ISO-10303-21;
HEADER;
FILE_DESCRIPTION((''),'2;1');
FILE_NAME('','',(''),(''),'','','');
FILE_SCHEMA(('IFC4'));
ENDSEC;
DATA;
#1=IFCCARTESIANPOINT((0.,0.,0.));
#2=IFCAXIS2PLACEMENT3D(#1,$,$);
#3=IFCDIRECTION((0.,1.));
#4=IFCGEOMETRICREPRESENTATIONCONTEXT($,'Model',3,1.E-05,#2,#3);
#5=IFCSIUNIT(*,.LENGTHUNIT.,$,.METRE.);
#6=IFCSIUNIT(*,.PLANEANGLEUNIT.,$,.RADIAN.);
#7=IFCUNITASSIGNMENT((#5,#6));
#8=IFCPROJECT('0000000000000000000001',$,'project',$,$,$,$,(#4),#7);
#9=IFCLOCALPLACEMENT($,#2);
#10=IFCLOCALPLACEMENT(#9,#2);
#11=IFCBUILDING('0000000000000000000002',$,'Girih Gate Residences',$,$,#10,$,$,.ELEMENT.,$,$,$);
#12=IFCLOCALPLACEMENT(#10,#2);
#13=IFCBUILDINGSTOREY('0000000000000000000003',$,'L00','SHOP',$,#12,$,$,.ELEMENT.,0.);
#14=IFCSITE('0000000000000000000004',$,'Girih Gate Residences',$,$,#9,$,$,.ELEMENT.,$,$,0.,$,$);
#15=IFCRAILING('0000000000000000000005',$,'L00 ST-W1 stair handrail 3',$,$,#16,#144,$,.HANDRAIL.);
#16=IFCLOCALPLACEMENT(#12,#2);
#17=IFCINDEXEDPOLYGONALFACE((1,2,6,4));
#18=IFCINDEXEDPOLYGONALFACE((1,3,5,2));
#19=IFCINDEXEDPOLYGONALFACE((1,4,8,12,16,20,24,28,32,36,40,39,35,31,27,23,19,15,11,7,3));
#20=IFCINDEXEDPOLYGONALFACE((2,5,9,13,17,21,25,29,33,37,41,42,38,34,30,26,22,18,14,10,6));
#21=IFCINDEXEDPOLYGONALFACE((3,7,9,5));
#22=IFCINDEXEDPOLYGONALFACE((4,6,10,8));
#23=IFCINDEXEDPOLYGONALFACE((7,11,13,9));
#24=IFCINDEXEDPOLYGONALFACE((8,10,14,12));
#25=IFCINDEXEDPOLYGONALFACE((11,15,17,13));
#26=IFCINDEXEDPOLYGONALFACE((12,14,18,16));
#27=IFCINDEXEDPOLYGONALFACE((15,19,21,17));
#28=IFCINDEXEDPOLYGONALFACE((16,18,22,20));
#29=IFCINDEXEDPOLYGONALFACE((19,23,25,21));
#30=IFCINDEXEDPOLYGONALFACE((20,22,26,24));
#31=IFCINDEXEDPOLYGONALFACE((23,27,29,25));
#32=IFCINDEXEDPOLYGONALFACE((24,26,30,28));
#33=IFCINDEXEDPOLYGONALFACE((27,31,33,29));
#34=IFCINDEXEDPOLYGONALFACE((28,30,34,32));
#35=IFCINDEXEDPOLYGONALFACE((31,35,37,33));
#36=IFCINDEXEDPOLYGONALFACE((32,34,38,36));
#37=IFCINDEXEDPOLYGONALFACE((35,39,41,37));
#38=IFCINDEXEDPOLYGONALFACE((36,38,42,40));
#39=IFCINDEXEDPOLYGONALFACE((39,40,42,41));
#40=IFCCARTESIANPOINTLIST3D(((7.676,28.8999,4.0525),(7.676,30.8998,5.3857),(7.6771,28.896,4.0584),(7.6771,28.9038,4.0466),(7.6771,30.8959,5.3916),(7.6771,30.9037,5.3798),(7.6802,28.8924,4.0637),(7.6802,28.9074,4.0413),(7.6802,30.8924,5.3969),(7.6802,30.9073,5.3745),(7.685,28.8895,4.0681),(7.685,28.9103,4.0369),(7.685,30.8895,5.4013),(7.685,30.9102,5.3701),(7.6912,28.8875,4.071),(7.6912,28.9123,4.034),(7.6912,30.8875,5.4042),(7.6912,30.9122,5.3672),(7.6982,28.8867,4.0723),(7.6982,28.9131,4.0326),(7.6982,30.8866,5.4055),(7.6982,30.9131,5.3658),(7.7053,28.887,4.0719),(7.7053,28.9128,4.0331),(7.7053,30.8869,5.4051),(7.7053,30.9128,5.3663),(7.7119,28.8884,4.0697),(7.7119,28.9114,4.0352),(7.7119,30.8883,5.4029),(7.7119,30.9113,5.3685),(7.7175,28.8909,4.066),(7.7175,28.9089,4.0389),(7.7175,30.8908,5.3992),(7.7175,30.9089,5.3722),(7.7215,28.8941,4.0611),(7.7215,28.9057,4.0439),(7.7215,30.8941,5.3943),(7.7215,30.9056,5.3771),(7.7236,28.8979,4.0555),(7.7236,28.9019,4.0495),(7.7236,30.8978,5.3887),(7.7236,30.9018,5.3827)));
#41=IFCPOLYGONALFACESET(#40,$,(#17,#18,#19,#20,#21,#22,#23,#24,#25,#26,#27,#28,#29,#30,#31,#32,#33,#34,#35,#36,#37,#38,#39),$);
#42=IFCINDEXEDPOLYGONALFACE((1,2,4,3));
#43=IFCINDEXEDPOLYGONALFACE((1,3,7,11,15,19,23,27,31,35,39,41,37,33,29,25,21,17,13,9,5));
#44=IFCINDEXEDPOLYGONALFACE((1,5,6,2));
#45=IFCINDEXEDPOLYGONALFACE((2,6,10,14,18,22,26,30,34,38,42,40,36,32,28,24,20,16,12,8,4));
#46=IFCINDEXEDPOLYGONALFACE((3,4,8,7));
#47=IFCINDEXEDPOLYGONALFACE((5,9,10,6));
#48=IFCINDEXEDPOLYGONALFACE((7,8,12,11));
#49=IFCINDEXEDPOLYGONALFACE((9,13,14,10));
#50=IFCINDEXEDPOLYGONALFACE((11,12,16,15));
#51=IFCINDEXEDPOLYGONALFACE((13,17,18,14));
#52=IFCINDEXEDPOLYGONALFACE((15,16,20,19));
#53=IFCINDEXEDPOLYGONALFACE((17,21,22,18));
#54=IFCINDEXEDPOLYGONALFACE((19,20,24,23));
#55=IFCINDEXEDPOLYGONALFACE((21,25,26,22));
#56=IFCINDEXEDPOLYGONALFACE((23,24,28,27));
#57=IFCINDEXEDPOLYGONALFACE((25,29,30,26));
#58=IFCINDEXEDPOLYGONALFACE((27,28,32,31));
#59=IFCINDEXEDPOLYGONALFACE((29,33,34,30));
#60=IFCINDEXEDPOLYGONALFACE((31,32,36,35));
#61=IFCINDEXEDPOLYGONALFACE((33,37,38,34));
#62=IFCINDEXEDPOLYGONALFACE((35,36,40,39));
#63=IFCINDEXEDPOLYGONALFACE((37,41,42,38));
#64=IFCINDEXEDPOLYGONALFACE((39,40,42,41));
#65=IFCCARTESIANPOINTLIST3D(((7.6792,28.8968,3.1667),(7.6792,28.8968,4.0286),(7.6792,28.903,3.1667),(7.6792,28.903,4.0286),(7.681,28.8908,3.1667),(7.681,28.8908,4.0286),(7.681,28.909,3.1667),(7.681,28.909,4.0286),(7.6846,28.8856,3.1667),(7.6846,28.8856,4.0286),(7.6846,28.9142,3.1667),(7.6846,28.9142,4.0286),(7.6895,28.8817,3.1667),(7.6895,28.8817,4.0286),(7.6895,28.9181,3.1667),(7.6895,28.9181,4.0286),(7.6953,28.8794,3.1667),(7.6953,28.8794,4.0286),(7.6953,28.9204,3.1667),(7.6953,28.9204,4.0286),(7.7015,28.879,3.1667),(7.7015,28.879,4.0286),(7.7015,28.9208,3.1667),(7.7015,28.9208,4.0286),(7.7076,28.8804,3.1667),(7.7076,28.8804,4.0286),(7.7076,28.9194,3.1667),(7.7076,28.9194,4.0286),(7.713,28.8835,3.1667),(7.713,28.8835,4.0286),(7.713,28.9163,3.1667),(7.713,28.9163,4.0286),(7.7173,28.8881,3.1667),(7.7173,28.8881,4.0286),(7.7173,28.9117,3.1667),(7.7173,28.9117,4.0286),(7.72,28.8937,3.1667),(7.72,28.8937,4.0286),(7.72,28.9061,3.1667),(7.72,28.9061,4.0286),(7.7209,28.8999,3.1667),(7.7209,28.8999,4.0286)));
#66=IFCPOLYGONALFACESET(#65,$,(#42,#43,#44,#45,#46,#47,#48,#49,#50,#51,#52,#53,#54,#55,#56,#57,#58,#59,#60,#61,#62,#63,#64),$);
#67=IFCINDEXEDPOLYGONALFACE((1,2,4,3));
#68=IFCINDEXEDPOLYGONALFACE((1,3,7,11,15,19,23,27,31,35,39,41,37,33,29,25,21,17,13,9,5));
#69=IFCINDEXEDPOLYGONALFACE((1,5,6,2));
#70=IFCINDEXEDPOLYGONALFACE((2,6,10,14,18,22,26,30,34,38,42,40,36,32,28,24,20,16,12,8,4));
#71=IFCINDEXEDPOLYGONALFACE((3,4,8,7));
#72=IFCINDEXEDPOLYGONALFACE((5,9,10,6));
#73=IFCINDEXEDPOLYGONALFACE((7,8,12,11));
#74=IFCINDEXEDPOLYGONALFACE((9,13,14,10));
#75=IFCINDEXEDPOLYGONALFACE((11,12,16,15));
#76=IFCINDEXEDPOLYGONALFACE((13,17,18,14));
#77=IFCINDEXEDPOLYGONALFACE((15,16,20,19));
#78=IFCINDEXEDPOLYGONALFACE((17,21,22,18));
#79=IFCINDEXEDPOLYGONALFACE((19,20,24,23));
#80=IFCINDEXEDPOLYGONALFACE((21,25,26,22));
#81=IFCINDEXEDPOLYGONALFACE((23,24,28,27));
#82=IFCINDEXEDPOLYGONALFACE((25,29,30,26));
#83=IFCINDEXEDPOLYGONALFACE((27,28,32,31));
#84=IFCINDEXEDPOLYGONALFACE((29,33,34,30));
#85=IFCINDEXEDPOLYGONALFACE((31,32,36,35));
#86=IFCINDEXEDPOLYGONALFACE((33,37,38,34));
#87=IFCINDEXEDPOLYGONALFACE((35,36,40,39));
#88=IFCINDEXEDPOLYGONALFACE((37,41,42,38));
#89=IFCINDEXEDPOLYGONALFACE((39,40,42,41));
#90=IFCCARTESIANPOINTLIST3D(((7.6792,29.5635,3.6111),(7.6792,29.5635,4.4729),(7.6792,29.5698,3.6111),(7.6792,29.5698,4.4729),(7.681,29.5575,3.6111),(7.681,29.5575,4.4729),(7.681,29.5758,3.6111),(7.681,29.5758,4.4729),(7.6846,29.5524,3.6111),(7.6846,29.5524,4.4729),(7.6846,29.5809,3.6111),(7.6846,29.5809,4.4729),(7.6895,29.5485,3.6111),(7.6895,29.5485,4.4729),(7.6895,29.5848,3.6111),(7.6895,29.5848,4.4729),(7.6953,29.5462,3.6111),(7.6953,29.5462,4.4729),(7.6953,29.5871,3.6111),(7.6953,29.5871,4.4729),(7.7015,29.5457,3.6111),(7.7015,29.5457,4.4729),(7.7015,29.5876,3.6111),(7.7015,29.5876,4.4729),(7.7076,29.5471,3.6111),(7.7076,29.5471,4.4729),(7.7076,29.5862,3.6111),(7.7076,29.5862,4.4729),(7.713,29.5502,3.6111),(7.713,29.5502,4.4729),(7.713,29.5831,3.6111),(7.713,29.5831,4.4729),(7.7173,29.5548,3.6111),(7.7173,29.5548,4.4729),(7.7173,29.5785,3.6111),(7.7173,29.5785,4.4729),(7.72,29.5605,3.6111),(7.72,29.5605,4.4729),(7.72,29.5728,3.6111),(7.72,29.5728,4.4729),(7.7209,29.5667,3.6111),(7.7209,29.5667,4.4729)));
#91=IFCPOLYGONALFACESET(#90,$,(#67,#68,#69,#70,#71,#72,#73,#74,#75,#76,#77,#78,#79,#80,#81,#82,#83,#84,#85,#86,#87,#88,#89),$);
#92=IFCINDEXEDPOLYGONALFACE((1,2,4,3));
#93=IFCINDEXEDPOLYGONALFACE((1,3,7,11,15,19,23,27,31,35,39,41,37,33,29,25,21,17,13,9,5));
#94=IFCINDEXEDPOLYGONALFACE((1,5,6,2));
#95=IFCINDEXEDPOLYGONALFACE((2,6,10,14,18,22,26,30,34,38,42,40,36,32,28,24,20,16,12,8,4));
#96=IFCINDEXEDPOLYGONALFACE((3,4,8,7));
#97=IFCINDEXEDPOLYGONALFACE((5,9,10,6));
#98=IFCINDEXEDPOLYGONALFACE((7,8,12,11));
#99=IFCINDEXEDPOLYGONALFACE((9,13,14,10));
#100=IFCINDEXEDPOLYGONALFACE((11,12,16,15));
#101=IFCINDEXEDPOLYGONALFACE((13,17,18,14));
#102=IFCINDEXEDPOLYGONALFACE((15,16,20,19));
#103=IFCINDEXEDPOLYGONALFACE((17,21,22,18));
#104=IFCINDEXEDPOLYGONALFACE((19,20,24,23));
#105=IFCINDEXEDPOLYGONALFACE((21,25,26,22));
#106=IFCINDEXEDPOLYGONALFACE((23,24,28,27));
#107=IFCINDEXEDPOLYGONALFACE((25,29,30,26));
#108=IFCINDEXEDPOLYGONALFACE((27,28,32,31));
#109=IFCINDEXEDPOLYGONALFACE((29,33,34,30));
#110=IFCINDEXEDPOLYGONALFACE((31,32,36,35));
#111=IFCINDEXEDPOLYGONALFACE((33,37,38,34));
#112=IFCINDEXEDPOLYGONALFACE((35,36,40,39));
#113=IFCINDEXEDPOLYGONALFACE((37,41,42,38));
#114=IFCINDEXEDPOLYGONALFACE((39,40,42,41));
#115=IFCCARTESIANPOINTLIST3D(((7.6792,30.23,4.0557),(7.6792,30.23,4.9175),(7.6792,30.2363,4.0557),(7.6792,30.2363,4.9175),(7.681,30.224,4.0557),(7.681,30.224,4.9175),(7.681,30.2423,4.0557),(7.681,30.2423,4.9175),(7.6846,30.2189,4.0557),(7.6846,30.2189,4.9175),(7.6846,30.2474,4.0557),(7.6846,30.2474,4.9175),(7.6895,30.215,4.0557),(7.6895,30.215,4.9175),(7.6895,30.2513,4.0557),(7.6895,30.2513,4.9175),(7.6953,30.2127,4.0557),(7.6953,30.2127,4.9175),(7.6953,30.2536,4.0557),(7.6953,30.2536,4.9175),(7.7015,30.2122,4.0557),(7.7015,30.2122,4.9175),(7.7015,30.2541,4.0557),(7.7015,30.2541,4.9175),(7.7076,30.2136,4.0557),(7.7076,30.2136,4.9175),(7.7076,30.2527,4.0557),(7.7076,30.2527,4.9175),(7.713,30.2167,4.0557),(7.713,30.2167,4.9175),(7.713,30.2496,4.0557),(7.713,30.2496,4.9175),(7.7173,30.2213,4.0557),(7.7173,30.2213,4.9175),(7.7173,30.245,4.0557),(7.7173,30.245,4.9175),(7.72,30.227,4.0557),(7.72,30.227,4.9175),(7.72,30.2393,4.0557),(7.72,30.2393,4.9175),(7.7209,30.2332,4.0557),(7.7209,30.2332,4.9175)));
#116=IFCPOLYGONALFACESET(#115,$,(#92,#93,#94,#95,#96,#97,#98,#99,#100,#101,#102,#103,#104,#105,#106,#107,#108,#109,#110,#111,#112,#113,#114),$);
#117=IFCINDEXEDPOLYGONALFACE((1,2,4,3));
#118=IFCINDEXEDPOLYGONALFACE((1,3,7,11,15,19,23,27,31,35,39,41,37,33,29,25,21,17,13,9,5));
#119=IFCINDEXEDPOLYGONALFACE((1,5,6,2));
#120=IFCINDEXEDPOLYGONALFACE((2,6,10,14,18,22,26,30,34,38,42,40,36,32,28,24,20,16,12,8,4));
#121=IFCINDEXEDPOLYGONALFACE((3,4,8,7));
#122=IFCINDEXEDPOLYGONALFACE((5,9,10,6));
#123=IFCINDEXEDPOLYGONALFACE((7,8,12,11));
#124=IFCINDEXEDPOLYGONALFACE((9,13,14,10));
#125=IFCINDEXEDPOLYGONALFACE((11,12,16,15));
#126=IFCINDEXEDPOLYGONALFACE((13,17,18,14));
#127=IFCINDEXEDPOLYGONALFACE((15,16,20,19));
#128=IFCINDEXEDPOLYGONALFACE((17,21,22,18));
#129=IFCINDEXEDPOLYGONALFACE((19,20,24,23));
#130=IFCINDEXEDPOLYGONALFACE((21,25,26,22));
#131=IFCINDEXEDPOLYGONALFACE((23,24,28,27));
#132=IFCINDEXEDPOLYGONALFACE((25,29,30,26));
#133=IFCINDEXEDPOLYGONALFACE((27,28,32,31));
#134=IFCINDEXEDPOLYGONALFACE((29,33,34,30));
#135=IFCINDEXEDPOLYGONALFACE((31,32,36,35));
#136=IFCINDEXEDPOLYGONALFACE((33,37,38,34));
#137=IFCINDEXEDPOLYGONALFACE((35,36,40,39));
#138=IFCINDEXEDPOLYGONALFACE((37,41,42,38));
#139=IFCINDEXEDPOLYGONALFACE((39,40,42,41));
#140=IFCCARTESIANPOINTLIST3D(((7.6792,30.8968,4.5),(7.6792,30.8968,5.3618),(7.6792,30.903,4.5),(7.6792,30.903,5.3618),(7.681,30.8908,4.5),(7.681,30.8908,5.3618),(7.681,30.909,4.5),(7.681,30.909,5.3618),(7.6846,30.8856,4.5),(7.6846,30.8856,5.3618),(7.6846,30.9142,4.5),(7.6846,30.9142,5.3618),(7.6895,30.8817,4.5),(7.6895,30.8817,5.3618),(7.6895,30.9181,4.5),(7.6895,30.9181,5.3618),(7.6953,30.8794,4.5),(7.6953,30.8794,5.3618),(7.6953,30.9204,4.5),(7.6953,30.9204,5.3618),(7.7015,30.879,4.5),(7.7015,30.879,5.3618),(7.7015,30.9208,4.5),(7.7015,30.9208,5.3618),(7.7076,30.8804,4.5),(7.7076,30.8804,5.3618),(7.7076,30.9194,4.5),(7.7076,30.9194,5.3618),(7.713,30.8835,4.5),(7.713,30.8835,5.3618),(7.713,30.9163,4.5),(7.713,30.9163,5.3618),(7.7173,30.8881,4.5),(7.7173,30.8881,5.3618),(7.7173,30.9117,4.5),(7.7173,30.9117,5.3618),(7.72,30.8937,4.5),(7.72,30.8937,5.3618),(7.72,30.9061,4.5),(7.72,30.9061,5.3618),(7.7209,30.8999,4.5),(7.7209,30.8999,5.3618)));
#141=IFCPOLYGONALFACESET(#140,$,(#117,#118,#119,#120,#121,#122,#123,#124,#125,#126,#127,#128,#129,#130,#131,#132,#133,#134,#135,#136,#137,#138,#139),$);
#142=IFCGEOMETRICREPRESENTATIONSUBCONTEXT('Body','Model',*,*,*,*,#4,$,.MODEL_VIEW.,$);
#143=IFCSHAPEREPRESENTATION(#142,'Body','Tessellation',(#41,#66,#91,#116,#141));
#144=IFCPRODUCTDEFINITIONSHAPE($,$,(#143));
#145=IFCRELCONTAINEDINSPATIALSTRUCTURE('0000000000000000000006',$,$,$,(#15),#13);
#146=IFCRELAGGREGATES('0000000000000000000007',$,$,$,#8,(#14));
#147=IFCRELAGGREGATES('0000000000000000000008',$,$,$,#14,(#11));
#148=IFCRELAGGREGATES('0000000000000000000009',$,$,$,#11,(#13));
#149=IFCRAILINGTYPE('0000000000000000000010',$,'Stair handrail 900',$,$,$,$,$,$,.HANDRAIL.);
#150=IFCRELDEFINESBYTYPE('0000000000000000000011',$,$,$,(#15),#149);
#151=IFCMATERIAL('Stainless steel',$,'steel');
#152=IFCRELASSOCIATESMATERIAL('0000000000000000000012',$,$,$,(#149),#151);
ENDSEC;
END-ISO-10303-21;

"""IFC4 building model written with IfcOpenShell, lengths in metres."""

from ifc_helpers import new_model, si_unit, direction, frame, origin, origin_2d, place, context, subcontext, project, spatial, circle, extrude, material, type_object, element, save


model = new_model("IFC4")

# Units and contexts
model_context = context("Model", 3, precision=1e-05, world=origin(), true_north=direction((0.0, 1.0)))
body_context = subcontext(model_context, "Body", "Model", "MODEL_VIEW")
ifc_project = project(units=[si_unit("LENGTHUNIT", "METRE"), si_unit("PLANEANGLEUNIT", "RADIAN")], contexts=[model_context])

# Site, building, storey
site_placement = place(None, origin())
site = spatial("IfcSite", under=ifc_project, at=site_placement, Name="Girih Gate Residences", CompositionType="ELEMENT", RefElevation=0.0)
building_placement = place(site_placement, origin())
building = spatial("IfcBuilding", under=site, at=building_placement, Name="Girih Gate Residences", CompositionType="ELEMENT")
storey_placement = place(building_placement, origin())
storey = spatial("IfcBuildingStorey", under=building, at=storey_placement, Name="L00", Description="SHOP", CompositionType="ELEMENT", Elevation=0.0)

# Railing
ifc_material_1 = material(Name="Stainless steel", Category="steel")
railing_type_1 = type_object("IfcRailingType", Name="Stair handrail 900", PredefinedType="HANDRAIL", material=ifc_material_1)
for number, where, name in (
    (1, (7.7, 28.8999, 3.1667), "L00 ST-W1 stair handrail 3"),
):
    element("IfcRailing", number, at=place(storey_placement, frame(where)), inside=storey, type_object=railing_type_1, Name=name, PredefinedType="HANDRAIL", context=body_context, shape_type="SweptSolid", body=[
        extrude(circle(Radius=0.0239, at=origin_2d()), frame((0.0, 0.0, 0.8857), z_axis=(0.0, 0.832066, 0.554677), x_axis=(-1.0, 0.0, 0.0)), (0.0, 0.0, 1.0), 2.4036),
        extrude(circle(Radius=0.021, at=origin_2d()), origin(), (0.0, 0.0, 1.0), 0.8618),
        extrude(circle(Radius=0.021, at=origin_2d()), frame((0.0, 0.6667, 0.4443)), (0.0, 0.0, 1.0), 0.8618),
        extrude(circle(Radius=0.021, at=origin_2d()), frame((0.0, 1.3333, 0.8889)), (0.0, 0.0, 1.0), 0.8618),
        extrude(circle(Radius=0.021, at=origin_2d()), frame((0.0, 2.0, 1.3333)), (0.0, 0.0, 1.0), 0.8618),
    ])

save(model, "model.ifc")
